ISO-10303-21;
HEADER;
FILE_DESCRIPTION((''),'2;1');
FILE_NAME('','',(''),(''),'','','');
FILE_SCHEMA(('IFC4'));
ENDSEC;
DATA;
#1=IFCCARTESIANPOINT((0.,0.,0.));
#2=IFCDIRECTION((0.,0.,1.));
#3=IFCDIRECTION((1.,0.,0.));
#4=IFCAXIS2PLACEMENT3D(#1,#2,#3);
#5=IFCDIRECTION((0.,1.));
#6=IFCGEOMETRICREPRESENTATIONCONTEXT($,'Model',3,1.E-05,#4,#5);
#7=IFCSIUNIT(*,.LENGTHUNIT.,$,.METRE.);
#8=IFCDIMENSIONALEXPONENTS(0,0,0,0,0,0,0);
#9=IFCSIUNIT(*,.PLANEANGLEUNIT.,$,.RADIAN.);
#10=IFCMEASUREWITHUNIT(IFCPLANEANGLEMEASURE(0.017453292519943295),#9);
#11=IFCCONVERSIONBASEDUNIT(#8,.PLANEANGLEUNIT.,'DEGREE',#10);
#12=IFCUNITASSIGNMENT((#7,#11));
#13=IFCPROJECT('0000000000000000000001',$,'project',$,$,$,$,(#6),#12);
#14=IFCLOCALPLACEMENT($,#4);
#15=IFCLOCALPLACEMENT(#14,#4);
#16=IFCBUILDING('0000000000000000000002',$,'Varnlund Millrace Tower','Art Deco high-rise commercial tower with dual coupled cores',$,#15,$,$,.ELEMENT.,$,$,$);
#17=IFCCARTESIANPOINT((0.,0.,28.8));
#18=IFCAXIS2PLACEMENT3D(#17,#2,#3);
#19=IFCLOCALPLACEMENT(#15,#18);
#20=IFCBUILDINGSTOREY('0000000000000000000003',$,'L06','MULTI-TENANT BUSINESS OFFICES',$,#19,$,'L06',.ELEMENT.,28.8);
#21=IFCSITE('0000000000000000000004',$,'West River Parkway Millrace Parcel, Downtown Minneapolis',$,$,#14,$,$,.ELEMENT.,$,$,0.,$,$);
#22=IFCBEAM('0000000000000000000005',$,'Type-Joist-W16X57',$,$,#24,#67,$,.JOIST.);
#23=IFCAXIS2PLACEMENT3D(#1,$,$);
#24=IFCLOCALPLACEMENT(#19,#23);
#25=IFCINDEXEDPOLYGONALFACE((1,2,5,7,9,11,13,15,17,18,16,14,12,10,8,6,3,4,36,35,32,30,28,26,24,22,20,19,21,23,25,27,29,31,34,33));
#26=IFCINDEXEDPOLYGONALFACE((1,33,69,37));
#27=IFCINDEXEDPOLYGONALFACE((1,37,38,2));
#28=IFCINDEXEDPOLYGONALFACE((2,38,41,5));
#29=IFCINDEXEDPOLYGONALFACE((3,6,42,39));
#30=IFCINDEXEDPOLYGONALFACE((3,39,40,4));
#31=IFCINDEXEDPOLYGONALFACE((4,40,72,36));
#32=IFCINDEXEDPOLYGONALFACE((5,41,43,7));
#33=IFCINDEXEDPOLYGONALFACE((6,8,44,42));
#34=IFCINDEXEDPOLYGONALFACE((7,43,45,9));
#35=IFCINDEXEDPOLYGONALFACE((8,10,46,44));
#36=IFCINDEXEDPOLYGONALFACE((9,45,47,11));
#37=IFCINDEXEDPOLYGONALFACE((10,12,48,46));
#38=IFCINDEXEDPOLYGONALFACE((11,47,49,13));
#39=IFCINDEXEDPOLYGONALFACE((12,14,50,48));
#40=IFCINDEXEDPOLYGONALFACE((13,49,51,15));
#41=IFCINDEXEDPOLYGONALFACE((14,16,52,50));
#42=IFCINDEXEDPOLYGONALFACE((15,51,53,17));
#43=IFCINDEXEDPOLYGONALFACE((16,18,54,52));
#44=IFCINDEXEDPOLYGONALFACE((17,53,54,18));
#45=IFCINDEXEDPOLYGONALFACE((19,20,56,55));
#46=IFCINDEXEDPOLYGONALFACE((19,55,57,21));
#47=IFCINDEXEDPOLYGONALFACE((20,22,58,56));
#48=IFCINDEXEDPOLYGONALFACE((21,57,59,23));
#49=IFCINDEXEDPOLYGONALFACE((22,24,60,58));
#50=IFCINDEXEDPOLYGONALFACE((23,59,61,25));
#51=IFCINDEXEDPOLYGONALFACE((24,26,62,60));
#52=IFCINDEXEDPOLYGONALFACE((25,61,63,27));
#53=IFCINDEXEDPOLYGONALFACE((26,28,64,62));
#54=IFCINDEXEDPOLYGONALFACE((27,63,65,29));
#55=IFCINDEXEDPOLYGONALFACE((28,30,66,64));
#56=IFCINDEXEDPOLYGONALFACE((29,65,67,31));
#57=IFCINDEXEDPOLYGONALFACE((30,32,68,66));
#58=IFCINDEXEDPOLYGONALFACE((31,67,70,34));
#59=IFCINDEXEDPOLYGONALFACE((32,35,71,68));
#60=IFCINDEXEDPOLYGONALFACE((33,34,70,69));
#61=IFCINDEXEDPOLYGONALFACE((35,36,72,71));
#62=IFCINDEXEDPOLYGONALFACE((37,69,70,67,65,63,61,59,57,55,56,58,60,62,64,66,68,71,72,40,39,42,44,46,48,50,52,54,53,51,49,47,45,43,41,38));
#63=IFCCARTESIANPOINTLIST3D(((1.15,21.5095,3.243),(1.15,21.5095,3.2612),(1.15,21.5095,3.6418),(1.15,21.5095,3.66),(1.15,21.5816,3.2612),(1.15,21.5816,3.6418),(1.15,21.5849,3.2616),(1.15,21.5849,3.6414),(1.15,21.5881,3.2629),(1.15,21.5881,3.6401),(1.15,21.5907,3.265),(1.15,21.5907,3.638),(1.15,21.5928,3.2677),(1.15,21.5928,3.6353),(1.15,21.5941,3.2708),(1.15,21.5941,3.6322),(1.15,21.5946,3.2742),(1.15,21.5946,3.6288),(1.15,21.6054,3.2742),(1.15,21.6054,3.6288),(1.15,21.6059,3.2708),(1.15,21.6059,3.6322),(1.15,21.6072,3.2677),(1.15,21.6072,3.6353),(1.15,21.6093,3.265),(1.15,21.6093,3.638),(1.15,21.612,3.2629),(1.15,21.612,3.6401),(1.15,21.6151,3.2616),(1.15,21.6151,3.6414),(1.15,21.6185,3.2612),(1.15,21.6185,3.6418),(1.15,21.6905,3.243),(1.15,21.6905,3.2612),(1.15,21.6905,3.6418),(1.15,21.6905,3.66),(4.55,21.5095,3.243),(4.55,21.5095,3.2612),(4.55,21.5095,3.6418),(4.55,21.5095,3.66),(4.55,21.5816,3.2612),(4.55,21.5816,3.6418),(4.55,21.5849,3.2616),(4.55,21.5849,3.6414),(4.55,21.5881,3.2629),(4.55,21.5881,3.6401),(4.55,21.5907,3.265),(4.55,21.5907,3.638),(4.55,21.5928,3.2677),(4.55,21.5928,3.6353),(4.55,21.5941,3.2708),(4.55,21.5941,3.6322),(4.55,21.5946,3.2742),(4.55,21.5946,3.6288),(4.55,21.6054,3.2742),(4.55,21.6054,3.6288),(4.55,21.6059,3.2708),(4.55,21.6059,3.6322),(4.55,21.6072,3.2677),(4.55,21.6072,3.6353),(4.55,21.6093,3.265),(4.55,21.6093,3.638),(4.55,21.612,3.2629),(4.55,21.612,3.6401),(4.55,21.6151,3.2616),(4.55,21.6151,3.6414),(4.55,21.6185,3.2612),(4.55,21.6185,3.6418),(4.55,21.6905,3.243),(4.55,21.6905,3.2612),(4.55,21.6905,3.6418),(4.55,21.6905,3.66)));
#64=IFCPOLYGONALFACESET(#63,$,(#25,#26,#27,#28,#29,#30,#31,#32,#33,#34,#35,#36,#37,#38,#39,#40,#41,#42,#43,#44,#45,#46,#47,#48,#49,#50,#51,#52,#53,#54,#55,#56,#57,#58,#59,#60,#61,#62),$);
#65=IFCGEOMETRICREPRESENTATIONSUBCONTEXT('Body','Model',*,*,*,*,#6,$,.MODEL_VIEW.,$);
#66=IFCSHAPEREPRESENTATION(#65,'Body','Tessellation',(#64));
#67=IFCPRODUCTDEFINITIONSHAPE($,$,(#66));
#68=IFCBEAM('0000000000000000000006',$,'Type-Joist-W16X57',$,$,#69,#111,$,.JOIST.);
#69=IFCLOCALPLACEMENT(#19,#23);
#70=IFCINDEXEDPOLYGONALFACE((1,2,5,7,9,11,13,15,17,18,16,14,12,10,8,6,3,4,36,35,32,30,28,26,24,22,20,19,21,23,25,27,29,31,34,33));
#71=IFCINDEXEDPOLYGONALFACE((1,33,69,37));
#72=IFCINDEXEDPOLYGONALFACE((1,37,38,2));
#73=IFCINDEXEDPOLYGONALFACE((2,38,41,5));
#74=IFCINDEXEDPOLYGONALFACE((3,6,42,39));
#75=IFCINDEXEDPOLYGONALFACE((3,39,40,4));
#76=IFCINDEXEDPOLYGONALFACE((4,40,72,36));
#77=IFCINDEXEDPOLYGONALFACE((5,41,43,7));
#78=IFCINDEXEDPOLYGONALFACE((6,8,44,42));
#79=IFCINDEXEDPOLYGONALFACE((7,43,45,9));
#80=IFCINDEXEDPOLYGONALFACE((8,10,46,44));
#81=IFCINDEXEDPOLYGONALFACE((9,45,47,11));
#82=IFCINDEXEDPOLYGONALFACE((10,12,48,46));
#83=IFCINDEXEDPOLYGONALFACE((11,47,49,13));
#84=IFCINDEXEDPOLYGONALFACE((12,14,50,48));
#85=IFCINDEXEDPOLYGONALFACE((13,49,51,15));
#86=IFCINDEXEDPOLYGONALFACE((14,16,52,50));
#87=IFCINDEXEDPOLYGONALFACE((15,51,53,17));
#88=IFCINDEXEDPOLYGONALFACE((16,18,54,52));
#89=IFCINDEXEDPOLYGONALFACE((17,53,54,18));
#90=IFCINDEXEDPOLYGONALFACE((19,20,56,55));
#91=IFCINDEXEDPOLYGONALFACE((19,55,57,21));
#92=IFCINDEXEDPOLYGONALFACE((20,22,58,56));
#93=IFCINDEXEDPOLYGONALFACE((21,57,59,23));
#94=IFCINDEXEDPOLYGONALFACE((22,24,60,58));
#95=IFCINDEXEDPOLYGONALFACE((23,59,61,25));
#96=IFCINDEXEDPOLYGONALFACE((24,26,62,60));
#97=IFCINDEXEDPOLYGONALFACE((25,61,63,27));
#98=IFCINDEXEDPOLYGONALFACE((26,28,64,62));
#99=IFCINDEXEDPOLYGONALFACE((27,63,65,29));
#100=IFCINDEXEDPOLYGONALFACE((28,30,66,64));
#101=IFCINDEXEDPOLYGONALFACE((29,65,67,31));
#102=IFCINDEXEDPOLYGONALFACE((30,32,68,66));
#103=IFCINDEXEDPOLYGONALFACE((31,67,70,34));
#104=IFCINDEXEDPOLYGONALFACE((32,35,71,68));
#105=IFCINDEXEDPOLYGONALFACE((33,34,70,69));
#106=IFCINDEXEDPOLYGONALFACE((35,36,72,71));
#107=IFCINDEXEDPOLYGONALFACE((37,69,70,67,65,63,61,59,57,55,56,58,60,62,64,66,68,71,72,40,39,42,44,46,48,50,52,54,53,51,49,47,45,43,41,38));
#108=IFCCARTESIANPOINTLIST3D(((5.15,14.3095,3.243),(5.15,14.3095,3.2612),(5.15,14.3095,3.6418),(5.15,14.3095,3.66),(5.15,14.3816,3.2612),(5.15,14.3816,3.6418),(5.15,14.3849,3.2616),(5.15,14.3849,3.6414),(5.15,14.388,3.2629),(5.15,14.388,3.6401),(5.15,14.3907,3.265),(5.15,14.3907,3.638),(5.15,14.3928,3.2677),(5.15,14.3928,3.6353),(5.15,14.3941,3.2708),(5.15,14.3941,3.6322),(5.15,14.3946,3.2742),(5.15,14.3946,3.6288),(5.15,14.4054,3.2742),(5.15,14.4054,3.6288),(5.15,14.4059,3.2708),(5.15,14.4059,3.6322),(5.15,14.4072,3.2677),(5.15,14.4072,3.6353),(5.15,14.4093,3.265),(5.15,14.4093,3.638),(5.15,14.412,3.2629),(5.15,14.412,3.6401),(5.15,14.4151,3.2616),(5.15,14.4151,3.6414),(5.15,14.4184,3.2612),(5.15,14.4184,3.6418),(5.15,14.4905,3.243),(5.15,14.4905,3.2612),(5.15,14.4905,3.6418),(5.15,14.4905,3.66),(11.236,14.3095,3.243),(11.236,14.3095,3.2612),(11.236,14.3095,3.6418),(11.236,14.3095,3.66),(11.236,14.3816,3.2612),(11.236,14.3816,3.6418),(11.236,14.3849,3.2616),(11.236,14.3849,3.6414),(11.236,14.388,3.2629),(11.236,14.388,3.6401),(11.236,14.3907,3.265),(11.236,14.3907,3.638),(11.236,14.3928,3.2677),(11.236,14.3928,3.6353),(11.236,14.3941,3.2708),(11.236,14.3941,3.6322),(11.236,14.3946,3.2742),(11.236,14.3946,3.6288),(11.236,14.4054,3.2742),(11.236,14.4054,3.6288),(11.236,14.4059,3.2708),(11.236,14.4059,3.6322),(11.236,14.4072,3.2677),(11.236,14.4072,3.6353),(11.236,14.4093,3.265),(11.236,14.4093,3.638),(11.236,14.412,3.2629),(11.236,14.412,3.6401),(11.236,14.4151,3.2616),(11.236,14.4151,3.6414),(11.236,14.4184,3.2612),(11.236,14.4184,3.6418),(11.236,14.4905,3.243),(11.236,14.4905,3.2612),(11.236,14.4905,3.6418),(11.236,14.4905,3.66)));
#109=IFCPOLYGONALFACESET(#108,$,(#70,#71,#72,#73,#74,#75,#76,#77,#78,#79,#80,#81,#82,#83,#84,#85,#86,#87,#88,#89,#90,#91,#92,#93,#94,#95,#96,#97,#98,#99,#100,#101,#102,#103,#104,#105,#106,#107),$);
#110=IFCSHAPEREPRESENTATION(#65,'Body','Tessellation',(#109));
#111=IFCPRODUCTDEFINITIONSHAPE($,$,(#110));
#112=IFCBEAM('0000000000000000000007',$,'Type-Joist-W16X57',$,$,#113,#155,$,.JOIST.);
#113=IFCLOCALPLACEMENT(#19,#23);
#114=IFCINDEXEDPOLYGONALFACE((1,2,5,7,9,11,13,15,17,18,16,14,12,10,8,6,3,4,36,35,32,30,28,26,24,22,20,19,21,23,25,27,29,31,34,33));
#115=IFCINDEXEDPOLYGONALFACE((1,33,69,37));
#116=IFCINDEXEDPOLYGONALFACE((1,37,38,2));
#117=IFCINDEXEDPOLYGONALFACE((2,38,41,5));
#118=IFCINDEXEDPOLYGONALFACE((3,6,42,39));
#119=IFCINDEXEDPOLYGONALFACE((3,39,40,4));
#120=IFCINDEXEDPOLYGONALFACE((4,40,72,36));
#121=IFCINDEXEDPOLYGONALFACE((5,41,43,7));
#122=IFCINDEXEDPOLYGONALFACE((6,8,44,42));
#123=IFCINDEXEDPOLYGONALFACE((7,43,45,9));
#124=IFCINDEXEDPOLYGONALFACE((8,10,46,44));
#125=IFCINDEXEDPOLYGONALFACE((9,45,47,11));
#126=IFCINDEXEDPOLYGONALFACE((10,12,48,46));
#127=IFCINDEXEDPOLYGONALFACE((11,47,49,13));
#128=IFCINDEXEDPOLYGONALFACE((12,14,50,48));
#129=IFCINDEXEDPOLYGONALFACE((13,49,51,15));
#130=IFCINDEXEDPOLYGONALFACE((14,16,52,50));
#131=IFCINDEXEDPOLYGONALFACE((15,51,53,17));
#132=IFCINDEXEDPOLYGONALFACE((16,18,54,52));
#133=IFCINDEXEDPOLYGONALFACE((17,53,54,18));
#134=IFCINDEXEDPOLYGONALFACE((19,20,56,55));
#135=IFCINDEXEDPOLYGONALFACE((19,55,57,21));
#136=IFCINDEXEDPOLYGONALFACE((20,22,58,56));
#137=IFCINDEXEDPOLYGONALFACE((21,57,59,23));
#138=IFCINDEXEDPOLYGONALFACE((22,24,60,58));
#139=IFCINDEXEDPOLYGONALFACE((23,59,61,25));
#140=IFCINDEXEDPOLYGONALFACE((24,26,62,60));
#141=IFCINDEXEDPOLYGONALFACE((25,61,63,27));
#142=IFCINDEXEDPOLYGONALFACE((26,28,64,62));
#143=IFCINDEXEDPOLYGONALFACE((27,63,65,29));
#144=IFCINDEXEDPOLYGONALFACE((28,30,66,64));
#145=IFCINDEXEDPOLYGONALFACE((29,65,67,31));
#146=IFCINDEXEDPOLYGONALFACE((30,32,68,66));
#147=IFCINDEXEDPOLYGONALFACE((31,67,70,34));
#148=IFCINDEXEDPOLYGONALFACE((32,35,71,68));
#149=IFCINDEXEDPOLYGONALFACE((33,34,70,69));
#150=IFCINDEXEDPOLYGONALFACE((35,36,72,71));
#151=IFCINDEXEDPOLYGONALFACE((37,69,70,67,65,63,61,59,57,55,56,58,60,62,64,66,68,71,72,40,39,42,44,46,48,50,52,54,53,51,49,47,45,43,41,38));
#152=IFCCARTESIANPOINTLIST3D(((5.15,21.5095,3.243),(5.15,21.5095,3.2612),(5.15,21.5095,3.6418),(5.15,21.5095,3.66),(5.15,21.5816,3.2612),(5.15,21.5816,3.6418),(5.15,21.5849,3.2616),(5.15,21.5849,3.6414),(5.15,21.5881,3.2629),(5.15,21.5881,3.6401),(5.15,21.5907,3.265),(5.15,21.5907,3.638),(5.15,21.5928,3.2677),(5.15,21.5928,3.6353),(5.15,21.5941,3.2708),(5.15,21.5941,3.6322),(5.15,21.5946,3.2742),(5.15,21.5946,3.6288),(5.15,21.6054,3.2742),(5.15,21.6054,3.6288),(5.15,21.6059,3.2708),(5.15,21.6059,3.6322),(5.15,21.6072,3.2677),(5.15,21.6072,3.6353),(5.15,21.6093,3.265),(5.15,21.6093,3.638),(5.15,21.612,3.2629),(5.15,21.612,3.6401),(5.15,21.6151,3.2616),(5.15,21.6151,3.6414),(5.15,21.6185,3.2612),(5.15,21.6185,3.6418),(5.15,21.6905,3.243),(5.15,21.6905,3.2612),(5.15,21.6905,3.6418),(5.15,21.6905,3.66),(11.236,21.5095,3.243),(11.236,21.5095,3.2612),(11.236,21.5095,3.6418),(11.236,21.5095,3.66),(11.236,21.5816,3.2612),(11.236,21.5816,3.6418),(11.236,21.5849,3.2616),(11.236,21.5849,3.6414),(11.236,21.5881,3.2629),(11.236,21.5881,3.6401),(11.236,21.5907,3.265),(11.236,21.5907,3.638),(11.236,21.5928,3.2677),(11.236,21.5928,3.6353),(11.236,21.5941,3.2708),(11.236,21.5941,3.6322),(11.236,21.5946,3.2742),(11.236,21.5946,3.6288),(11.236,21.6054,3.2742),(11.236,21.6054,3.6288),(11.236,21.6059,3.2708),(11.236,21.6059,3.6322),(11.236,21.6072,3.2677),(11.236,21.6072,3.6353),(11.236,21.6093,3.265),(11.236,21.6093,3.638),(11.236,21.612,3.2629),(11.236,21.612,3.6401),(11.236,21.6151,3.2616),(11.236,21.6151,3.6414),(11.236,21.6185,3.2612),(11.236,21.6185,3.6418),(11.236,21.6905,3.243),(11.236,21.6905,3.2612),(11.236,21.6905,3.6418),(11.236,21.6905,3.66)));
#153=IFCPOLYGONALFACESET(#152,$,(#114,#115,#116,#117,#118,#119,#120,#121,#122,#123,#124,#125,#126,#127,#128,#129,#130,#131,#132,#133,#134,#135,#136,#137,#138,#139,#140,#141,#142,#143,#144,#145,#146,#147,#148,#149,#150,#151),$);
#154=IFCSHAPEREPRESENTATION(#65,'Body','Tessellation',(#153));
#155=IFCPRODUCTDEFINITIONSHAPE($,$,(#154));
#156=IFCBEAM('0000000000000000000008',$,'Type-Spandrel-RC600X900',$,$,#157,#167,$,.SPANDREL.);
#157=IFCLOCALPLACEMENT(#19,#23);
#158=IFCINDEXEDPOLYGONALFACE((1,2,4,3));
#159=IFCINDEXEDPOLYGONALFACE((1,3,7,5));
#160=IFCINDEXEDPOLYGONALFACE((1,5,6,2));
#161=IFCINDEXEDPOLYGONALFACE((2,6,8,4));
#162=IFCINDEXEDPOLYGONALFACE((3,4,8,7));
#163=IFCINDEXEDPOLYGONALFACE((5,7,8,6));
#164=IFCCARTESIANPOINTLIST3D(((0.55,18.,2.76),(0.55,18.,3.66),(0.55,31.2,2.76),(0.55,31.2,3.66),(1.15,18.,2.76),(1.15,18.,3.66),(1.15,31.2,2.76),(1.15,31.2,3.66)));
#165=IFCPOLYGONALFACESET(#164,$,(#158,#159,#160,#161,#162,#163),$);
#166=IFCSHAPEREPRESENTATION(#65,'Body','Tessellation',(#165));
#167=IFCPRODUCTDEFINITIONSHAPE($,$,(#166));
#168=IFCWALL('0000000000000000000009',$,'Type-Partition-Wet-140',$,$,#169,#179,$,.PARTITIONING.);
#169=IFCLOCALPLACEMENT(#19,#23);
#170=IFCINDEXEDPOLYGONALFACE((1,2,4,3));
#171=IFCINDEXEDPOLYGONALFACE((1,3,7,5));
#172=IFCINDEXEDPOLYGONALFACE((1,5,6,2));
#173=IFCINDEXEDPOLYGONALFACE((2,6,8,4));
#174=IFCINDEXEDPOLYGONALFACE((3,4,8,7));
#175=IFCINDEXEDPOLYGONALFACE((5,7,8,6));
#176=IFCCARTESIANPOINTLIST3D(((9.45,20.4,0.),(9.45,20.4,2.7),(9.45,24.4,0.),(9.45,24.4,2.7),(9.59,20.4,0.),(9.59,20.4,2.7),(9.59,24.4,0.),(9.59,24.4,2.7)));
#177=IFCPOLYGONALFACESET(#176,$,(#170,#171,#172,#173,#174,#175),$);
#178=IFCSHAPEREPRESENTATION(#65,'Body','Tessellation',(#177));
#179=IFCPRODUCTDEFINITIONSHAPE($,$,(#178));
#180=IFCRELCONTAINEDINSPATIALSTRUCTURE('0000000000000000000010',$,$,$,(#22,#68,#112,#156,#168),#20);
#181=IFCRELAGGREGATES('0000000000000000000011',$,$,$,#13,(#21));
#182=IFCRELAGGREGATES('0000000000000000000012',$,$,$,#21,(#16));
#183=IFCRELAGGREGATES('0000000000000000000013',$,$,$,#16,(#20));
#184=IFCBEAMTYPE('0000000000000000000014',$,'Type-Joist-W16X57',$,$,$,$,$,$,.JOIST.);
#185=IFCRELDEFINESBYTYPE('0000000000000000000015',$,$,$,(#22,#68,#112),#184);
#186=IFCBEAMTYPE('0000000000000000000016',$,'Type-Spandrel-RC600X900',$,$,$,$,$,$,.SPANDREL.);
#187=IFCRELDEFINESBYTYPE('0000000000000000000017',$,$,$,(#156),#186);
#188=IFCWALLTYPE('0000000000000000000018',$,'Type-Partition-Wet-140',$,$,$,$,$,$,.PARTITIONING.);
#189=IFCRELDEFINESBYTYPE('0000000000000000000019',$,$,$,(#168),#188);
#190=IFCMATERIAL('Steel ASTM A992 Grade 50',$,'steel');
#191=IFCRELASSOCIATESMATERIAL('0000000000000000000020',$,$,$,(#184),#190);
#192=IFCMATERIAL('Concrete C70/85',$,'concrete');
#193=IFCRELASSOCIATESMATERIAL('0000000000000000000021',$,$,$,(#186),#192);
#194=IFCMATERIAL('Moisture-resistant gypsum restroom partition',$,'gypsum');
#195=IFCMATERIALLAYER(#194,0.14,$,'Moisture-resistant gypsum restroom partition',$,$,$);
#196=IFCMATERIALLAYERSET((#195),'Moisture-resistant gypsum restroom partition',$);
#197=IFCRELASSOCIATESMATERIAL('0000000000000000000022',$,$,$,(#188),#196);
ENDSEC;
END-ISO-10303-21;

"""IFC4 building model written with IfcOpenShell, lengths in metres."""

from ifc_helpers import new_model, entity, si_unit, converted_unit, direction, frame, origin_with_axes, origin_2d_with_axis, place, context, subcontext, project, spatial, polyline, rectangle, i_section, outline, extrude, material, layer, layer_set, material_profile, profile_set, type_object, element, save


model = new_model("IFC4")

# Units and contexts
model_context = context("Model", 3, precision=1e-05, world=origin_with_axes(), true_north=direction((0.0, 1.0)))
body_context = subcontext(model_context, "Body", "Model", "MODEL_VIEW")
ifc_project = project(units=[si_unit("LENGTHUNIT", "METRE"), converted_unit("PLANEANGLEUNIT", "DEGREE", entity("IfcPlaneAngleMeasure", 0.017453292519943295), si_unit("PLANEANGLEUNIT", "RADIAN"), dimensions=[0, 0, 0, 0, 0, 0, 0])], contexts=[model_context])

# Site, building, storey
site_placement = place(None, origin_with_axes())
site = spatial("IfcSite", under=ifc_project, at=site_placement, Name="West River Parkway Millrace Parcel, Downtown Minneapolis", CompositionType="ELEMENT", RefElevation=0.0)
building_placement = place(site_placement, origin_with_axes())
building = spatial("IfcBuilding", under=site, at=building_placement, Name="Varnlund Millrace Tower", Description="Art Deco high-rise commercial tower with dual coupled cores", CompositionType="ELEMENT")
storey_placement = place(building_placement, frame((0.0, 0.0, 28.8), z_axis=(0.0, 0.0, 1.0), x_axis=(1.0, 0.0, 0.0)))
storey = spatial("IfcBuildingStorey", under=building, at=storey_placement, Name="L06", Description="MULTI-TENANT BUSINESS OFFICES", LongName="L06", CompositionType="ELEMENT", Elevation=28.8)

# Beams
ifc_material_1 = material(Name="Steel ASTM A992 Grade 50", Category="steel")
ifc_material_profile_1 = material_profile(ifc_material_1, i_section(OverallWidth=0.181, OverallDepth=0.417, WebThickness=0.0109, FlangeThickness=0.0182, FilletRadius=0.013, at=origin_2d_with_axis()), Name="Steel ASTM A992 Grade 50")
ifc_profile_set_1 = profile_set([ifc_material_profile_1], Name="Steel ASTM A992 Grade 50")
beam_type_1 = type_object("IfcBeamType", Name="Type-Joist-W16X57", PredefinedType="JOIST", material=ifc_profile_set_1)
beam_1_placement = place(storey_placement, frame((1.15, 21.6, 3.4515), z_axis=(1.0, 0.0, 0.0), x_axis=(0.0, 1.0, 0.0)))
element("IfcBeam", 1, at=beam_1_placement, inside=storey, type_object=beam_type_1, Name="Type-Joist-W16X57", PredefinedType="JOIST", context=body_context, shape_type="SweptSolid", body=[
    extrude(i_section(OverallWidth=0.181, OverallDepth=0.417, WebThickness=0.0109, FlangeThickness=0.0182, FilletRadius=0.013, at=origin_2d_with_axis()), origin_with_axes(), (0.0, 0.0, 1.0), 3.4),
])
for number, where, z_axis, x_axis, name in (
    (2, (5.15, 14.4, 3.4515), (1.0, 0.0, 0.0), (0.0, 1.0, 0.0), "Type-Joist-W16X57"),
    (3, (5.15, 21.6, 3.4515), (1.0, 0.0, 0.0), (0.0, 1.0, 0.0), "Type-Joist-W16X57"),
):
    element("IfcBeam", number, at=place(storey_placement, frame(where, z_axis=z_axis, x_axis=x_axis)), inside=storey, type_object=beam_type_1, Name=name, PredefinedType="JOIST", context=body_context, shape_type="SweptSolid", body=[
        extrude(i_section(OverallWidth=0.181, OverallDepth=0.417, WebThickness=0.0109, FlangeThickness=0.0182, FilletRadius=0.013, at=origin_2d_with_axis()), origin_with_axes(), (0.0, 0.0, 1.0), 6.086),
    ])
ifc_material_2 = material(Name="Concrete C70/85", Category="concrete")
ifc_material_profile_2 = material_profile(ifc_material_2, rectangle(XDim=0.6, YDim=0.9, at=origin_2d_with_axis()), Name="Concrete C70/85")
ifc_profile_set_2 = profile_set([ifc_material_profile_2], Name="Concrete C70/85")
beam_type_2 = type_object("IfcBeamType", Name="Type-Spandrel-RC600X900", PredefinedType="SPANDREL", material=ifc_profile_set_2)
beam_2_placement = place(storey_placement, frame((0.85, 18.0, 3.21), z_axis=(0.0, 1.0, 0.0), x_axis=(-1.0, 0.0, 0.0)))
element("IfcBeam", 4, at=beam_2_placement, inside=storey, type_object=beam_type_2, Name="Type-Spandrel-RC600X900", PredefinedType="SPANDREL", context=body_context, shape_type="SweptSolid", body=[
    extrude(rectangle(XDim=0.6, YDim=0.9, at=origin_2d_with_axis()), origin_with_axes(), (0.0, 0.0, 1.0), 13.2),
])

# Wall
ifc_material_3 = material(Name="Moisture-resistant gypsum restroom partition", Category="gypsum")
ifc_layer_1 = layer(ifc_material_3, 0.14, Name="Moisture-resistant gypsum restroom partition")
ifc_layer_set_1 = layer_set([ifc_layer_1], Name="Moisture-resistant gypsum restroom partition")
wall_type_1 = type_object("IfcWallType", Name="Type-Partition-Wet-140", PredefinedType="PARTITIONING", material=ifc_layer_set_1)
wall_1_placement = place(storey_placement, frame((9.52, 20.4, 0.0), z_axis=(0.0, 0.0, 1.0), x_axis=(0.0, 1.0, 0.0)))
element("IfcWall", 5, at=wall_1_placement, inside=storey, type_object=wall_type_1, Name="Type-Partition-Wet-140", PredefinedType="PARTITIONING", context=body_context, shape_type="SweptSolid", body=[
    extrude(outline(polyline([(0.0, -0.07), (4.0, -0.07), (4.0, 0.07), (0.0, 0.07), (0.0, -0.07)])), origin_with_axes(), (0.0, 0.0, 1.0), 2.7),
])

save(model, "model.ifc")
